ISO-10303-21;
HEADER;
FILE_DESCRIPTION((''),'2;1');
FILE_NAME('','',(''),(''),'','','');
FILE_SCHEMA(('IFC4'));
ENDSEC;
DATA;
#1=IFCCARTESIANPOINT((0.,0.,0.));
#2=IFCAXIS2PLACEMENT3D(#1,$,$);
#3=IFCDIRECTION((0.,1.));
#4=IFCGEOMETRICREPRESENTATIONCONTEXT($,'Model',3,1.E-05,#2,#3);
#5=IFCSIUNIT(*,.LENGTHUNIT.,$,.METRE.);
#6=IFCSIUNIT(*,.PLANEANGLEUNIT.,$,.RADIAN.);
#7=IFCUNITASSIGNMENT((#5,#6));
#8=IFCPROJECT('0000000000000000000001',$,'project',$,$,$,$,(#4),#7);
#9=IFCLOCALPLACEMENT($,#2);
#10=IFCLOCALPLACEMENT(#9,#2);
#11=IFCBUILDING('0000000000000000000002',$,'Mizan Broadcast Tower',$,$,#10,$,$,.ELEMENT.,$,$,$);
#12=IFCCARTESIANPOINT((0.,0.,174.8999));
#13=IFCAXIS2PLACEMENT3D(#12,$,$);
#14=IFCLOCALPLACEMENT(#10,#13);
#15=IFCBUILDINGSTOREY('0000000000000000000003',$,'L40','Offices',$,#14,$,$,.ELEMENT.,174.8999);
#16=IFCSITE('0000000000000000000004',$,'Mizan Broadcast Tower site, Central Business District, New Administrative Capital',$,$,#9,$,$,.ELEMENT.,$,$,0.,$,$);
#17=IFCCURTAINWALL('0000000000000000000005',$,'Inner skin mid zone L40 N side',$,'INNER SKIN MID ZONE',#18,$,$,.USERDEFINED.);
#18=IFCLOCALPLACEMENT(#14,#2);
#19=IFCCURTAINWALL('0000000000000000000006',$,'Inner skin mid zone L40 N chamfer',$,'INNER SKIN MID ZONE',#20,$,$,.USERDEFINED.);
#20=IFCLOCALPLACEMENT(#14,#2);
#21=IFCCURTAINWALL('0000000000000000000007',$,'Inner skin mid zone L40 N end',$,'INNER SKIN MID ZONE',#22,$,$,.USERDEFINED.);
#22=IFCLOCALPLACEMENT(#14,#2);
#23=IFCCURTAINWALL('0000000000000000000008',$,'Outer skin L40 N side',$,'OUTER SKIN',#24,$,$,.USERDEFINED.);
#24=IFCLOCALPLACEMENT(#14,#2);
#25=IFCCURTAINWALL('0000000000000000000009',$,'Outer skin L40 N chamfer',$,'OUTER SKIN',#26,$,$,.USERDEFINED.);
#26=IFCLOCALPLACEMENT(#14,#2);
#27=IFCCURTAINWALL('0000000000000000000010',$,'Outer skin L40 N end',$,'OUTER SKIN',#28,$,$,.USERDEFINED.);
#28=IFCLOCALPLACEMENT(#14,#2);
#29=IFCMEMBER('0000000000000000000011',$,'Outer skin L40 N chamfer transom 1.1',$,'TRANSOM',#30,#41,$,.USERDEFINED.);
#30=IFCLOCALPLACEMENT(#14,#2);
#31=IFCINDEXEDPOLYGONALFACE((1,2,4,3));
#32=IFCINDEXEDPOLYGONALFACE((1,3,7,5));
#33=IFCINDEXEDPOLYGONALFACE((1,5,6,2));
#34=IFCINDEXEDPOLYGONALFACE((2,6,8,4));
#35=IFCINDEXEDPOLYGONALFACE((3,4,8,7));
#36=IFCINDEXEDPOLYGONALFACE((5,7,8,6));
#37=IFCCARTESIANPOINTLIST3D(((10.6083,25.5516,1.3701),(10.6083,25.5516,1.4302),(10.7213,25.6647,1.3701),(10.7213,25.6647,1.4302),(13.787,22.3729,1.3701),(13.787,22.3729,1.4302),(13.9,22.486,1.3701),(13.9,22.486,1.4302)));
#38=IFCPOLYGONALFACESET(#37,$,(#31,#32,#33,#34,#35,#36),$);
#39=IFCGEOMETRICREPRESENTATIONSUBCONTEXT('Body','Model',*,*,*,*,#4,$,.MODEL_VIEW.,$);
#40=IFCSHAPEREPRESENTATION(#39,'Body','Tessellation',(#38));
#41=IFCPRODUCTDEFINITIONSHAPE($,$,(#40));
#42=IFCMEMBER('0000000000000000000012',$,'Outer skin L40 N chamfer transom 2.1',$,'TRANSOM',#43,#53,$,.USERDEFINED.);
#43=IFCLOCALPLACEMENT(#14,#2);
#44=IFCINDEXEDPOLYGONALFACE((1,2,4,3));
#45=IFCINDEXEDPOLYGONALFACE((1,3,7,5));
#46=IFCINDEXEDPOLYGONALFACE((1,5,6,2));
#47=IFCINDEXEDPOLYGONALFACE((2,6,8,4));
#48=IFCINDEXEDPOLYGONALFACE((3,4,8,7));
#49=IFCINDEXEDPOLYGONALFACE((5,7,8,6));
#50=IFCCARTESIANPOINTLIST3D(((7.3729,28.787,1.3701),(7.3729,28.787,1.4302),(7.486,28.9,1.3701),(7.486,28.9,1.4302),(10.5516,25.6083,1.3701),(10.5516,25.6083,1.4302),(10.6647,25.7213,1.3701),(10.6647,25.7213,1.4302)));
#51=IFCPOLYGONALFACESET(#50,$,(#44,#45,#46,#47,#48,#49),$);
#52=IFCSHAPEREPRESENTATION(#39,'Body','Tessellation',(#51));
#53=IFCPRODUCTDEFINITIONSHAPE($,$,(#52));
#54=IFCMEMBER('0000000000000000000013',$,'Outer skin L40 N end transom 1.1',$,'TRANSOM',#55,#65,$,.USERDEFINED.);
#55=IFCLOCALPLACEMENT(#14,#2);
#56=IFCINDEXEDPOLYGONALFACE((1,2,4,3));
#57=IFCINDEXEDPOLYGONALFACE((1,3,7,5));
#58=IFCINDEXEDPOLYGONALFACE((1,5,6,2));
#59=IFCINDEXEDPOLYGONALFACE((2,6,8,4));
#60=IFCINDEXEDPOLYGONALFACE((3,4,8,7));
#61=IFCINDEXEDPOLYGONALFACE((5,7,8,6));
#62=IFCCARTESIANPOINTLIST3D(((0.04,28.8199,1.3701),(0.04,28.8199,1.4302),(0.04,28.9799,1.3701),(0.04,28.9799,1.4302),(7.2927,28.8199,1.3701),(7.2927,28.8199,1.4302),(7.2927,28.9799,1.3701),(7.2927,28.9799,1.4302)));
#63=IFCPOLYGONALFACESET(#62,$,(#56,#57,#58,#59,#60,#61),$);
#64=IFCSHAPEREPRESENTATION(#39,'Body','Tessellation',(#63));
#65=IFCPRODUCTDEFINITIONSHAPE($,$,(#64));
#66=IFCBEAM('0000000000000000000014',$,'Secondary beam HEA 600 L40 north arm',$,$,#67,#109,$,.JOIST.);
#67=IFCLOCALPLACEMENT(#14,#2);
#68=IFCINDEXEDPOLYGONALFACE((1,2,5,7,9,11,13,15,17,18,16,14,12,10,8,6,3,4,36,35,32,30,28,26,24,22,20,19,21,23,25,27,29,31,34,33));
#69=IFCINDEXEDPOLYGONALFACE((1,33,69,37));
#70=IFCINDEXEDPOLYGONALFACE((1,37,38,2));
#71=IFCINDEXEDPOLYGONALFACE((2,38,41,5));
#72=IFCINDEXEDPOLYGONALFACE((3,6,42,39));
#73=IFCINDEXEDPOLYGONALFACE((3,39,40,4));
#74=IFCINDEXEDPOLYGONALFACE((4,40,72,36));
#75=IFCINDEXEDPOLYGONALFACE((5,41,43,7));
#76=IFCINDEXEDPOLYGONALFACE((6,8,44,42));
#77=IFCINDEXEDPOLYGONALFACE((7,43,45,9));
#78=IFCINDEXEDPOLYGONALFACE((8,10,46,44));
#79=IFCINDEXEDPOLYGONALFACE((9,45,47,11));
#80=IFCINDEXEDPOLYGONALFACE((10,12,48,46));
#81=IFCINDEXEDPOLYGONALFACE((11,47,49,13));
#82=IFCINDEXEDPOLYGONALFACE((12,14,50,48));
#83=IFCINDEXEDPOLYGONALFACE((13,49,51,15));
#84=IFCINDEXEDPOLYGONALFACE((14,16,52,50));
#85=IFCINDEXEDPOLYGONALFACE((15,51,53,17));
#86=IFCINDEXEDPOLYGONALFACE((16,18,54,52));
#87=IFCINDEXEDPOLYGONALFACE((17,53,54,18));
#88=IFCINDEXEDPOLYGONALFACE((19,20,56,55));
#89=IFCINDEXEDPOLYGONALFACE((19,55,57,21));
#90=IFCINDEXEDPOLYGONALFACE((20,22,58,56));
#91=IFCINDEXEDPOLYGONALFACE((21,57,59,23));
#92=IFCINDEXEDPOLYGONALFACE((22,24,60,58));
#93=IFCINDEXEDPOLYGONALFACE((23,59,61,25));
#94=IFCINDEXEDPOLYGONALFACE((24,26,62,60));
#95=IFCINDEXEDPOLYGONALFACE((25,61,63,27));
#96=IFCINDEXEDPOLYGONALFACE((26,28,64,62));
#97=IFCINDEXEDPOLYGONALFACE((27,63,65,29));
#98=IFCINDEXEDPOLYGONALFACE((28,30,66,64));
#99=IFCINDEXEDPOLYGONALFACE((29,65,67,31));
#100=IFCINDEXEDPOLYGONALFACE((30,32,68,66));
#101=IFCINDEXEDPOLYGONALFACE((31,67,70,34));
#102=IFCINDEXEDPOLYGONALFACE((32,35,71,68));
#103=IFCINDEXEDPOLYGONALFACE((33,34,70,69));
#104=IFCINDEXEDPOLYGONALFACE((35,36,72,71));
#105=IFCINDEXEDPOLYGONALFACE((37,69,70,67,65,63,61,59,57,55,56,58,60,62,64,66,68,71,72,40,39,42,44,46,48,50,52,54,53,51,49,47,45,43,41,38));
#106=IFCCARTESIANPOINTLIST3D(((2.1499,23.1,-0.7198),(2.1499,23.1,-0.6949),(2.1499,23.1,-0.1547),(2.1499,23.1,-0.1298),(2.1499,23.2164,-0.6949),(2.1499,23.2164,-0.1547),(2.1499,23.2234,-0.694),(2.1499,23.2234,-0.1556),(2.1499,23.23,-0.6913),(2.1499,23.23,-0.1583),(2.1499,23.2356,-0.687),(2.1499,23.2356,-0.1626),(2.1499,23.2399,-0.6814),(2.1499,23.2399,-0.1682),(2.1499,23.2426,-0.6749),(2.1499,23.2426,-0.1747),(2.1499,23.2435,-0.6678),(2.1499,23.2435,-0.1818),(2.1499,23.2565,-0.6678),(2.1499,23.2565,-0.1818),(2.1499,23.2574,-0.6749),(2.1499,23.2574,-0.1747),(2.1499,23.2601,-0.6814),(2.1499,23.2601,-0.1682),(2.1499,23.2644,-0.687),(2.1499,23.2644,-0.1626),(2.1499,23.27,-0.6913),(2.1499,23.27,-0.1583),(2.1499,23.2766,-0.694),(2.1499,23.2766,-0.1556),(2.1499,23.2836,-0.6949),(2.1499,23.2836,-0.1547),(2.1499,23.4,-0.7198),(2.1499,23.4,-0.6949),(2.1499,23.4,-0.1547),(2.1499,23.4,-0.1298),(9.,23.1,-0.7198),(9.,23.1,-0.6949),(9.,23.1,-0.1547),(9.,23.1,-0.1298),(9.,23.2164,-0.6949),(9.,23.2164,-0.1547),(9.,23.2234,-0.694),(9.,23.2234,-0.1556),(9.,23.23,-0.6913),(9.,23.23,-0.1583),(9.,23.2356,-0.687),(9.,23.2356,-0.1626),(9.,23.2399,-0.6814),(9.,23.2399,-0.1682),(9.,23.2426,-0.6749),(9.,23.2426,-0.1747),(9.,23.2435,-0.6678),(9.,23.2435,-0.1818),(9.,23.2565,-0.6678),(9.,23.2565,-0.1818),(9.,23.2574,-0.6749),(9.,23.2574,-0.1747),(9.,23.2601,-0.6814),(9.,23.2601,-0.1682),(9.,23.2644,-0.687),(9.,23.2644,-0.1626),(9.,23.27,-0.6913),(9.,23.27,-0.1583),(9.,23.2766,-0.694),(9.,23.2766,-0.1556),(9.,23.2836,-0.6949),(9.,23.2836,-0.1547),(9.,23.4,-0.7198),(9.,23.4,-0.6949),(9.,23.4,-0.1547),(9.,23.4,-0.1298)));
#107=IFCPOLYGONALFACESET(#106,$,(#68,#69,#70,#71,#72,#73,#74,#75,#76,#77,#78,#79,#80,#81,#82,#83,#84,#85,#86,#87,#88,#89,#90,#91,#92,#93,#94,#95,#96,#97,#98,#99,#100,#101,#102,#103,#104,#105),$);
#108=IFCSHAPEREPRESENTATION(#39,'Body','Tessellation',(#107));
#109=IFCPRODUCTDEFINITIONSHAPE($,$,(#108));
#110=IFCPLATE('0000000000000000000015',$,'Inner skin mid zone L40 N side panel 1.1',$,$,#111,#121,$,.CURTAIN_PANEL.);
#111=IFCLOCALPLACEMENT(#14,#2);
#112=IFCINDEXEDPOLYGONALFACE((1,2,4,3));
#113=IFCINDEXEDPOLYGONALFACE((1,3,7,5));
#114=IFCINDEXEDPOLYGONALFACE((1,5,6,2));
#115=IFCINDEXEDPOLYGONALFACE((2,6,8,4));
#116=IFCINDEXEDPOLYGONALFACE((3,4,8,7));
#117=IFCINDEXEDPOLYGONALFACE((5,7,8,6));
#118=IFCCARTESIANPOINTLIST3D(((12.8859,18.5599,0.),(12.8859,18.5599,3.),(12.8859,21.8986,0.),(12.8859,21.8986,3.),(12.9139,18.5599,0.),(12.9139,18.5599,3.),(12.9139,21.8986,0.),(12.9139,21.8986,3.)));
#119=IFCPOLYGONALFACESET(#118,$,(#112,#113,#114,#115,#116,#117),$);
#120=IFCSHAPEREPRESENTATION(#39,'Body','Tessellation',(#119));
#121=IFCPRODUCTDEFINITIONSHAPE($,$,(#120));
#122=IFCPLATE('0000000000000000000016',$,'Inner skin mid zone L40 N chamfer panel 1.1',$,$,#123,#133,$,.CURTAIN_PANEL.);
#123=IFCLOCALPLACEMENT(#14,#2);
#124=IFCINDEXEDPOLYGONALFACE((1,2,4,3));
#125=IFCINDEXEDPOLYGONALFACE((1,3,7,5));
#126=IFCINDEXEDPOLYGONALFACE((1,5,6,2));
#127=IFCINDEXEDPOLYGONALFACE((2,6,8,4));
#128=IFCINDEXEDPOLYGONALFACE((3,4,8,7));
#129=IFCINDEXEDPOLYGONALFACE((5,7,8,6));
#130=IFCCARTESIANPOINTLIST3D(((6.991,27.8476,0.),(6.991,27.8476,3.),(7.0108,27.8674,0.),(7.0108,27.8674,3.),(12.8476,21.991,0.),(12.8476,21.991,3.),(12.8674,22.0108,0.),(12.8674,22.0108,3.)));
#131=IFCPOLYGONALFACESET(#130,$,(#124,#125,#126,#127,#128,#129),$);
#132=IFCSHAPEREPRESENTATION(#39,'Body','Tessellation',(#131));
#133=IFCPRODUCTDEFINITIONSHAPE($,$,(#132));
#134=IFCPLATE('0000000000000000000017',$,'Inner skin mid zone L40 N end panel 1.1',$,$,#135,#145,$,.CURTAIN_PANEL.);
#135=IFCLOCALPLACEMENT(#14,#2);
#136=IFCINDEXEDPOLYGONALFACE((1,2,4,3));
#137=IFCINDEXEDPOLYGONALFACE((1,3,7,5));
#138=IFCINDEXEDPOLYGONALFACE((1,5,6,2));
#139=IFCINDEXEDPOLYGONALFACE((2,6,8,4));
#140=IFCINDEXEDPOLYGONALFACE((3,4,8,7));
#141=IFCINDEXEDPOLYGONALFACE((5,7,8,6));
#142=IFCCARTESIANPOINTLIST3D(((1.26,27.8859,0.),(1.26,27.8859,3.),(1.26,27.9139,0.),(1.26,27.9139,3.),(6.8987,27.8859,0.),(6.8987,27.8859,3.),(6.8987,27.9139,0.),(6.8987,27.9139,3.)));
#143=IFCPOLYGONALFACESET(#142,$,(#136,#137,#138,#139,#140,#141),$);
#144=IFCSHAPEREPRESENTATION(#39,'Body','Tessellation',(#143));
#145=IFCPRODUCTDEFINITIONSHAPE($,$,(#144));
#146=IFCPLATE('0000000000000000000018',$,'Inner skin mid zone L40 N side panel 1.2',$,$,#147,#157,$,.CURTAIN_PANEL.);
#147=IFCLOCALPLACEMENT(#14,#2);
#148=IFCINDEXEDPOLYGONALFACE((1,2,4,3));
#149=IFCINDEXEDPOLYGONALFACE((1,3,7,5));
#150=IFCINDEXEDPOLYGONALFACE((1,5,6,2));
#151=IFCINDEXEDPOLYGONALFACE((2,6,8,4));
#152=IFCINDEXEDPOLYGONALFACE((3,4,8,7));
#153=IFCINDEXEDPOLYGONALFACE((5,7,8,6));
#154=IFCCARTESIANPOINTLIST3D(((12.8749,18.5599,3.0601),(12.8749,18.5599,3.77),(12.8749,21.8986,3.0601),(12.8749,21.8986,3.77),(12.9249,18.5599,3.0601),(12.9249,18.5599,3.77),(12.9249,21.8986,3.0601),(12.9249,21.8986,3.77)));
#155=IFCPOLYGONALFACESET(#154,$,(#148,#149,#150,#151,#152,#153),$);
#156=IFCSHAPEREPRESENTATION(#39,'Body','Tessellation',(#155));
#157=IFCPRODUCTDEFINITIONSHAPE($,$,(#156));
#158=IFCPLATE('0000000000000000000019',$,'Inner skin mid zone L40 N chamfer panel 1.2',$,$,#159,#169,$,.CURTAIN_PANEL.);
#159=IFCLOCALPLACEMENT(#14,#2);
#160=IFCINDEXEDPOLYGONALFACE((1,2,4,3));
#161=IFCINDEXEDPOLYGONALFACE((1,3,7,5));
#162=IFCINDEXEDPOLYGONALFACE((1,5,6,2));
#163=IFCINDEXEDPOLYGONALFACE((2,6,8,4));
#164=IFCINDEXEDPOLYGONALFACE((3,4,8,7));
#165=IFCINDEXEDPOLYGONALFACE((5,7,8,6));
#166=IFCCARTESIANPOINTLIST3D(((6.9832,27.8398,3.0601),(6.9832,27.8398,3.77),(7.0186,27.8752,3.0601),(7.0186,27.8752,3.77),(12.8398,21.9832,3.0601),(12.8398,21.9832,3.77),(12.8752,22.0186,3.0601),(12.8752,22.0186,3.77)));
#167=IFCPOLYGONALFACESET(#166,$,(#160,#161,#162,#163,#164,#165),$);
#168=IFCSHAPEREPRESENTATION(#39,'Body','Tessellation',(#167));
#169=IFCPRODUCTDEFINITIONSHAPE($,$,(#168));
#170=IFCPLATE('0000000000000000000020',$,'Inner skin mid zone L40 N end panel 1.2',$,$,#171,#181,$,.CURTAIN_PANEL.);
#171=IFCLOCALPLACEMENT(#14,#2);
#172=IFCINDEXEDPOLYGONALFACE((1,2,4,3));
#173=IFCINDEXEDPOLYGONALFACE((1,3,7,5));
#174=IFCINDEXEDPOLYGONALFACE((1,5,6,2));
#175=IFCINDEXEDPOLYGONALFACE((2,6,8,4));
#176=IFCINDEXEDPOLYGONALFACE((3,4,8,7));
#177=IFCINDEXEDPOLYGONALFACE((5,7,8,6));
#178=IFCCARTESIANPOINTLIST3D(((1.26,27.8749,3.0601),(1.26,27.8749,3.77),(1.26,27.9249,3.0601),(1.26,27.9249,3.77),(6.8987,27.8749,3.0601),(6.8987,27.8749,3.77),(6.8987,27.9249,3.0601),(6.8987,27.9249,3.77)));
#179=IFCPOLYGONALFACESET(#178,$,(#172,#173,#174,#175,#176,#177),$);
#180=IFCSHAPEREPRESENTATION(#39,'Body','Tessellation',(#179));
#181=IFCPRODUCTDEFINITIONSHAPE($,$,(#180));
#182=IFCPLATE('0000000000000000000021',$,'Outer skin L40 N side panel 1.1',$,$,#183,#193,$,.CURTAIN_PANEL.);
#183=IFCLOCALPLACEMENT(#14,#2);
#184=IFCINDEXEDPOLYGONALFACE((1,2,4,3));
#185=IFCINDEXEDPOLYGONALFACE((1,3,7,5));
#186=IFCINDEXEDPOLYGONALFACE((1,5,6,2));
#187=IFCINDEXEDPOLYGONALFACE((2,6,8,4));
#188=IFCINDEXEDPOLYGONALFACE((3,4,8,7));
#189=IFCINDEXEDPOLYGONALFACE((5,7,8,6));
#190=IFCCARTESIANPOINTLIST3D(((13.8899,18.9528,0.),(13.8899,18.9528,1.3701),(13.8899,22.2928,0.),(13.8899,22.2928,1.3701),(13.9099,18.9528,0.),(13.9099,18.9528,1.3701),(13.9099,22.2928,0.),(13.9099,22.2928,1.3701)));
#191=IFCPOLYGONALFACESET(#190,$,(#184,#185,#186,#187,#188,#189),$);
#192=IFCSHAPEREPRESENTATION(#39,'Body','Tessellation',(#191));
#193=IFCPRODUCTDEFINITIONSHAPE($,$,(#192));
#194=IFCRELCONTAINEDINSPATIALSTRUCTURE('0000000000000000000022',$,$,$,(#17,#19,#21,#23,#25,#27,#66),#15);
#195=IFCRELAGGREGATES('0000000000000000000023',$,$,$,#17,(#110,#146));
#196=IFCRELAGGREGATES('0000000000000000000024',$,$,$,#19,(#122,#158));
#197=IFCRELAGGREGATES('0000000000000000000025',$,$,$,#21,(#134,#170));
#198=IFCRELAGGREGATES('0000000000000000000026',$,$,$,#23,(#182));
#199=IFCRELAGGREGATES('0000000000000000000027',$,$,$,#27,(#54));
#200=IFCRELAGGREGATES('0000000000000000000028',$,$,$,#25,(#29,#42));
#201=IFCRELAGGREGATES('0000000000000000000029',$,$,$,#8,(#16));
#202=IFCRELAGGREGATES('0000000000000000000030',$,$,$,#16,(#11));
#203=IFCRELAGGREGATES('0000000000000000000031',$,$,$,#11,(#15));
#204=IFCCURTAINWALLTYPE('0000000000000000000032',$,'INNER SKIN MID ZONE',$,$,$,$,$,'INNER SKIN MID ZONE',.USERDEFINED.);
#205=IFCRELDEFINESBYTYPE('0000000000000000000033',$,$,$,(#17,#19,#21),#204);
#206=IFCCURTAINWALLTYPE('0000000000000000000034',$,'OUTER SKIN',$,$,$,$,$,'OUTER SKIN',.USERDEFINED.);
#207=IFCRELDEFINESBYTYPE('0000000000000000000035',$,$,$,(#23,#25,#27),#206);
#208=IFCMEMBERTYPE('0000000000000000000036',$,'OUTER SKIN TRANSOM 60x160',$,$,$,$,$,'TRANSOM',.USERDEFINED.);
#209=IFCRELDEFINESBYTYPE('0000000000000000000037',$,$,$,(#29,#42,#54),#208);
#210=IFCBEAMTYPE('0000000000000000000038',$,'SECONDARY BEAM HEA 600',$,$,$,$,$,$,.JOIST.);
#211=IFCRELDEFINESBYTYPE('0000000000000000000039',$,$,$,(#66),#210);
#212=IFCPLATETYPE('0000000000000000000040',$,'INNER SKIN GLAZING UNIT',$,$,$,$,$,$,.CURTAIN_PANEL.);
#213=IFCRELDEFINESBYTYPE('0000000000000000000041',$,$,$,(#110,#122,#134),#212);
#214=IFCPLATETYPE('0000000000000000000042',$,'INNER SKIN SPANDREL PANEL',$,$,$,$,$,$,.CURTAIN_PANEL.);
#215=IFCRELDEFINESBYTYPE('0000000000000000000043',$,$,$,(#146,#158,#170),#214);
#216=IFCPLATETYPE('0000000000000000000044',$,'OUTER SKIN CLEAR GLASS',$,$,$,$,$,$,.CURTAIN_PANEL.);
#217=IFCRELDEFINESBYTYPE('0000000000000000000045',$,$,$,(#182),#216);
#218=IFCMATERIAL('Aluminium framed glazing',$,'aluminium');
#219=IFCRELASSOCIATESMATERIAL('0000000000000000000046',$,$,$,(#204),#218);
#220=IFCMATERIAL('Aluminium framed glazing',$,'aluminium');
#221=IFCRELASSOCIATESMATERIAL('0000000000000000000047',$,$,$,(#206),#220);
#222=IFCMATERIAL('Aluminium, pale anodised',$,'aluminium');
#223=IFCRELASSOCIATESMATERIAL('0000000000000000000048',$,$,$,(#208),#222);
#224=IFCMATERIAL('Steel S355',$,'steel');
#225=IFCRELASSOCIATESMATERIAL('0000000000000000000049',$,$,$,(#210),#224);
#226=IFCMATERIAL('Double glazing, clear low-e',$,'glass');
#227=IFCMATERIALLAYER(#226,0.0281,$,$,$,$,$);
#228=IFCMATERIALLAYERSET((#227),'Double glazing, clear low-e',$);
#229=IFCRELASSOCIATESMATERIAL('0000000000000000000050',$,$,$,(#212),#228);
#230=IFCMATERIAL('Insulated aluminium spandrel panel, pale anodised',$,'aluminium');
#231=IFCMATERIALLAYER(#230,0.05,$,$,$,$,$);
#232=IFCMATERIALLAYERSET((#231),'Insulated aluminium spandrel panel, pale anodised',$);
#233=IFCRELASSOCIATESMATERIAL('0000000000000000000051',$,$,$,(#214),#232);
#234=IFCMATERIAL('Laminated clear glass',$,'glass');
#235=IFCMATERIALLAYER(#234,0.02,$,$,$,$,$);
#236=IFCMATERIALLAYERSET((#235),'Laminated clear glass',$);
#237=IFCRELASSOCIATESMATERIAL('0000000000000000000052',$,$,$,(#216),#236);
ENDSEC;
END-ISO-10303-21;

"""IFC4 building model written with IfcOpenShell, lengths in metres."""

from ifc_helpers import new_model, si_unit, direction, frame, origin, origin_2d, place, context, subcontext, project, spatial, rectangle, i_section, extrude, material, layer, layer_set, material_profile, profile_set, type_object, element, aggregate, save


model = new_model("IFC4")

# Units and contexts
model_context = context("Model", 3, precision=1e-05, world=origin(), true_north=direction((0.0, 1.0)))
body_context = subcontext(model_context, "Body", "Model", "MODEL_VIEW")
ifc_project = project(units=[si_unit("LENGTHUNIT", "METRE"), si_unit("PLANEANGLEUNIT", "RADIAN")], contexts=[model_context])

# Site, building, storey
site_placement = place(None, origin())
site = spatial("IfcSite", under=ifc_project, at=site_placement, Name="Mizan Broadcast Tower site, Central Business District, New Administrative Capital", CompositionType="ELEMENT", RefElevation=0.0)
building_placement = place(site_placement, origin())
building = spatial("IfcBuilding", under=site, at=building_placement, Name="Mizan Broadcast Tower", CompositionType="ELEMENT")
storey_placement = place(building_placement, frame((0.0, 0.0, 174.8999)))
storey = spatial("IfcBuildingStorey", under=building, at=storey_placement, Name="L40", Description="Offices", CompositionType="ELEMENT", Elevation=174.8999)

# Curtain walls
ifc_material_1 = material(Name="Aluminium framed glazing", Category="aluminium")
curtain_wall_type_1 = type_object("IfcCurtainWallType", Name="INNER SKIN MID ZONE", ElementType="INNER SKIN MID ZONE", PredefinedType="USERDEFINED", material=ifc_material_1)
curtain_wall_1_placement = place(storey_placement, origin())
curtain_wall_1 = element("IfcCurtainWall", 1, at=curtain_wall_1_placement, inside=storey, type_object=curtain_wall_type_1, Name="Inner skin mid zone L40 N side", ObjectType="INNER SKIN MID ZONE", PredefinedType="USERDEFINED")
curtain_wall_2_placement = place(storey_placement, origin())
curtain_wall_2 = element("IfcCurtainWall", 2, at=curtain_wall_2_placement, inside=storey, type_object=curtain_wall_type_1, Name="Inner skin mid zone L40 N chamfer", ObjectType="INNER SKIN MID ZONE", PredefinedType="USERDEFINED")
curtain_wall_3_placement = place(storey_placement, origin())
curtain_wall_3 = element("IfcCurtainWall", 3, at=curtain_wall_3_placement, inside=storey, type_object=curtain_wall_type_1, Name="Inner skin mid zone L40 N end", ObjectType="INNER SKIN MID ZONE", PredefinedType="USERDEFINED")

# Curtain wall
ifc_material_2 = material(Name="Aluminium framed glazing", Category="aluminium")
curtain_wall_type_2 = type_object("IfcCurtainWallType", Name="OUTER SKIN", ElementType="OUTER SKIN", PredefinedType="USERDEFINED", material=ifc_material_2)
curtain_wall_4_placement = place(storey_placement, origin())
curtain_wall_4 = element("IfcCurtainWall", 4, at=curtain_wall_4_placement, inside=storey, type_object=curtain_wall_type_2, Name="Outer skin L40 N side", ObjectType="OUTER SKIN", PredefinedType="USERDEFINED")

# Curtain wall
curtain_wall_5_placement = place(storey_placement, origin())
curtain_wall_5 = element("IfcCurtainWall", 5, at=curtain_wall_5_placement, inside=storey, type_object=curtain_wall_type_2, Name="Outer skin L40 N chamfer", ObjectType="OUTER SKIN", PredefinedType="USERDEFINED")

# Curtain wall
curtain_wall_6_placement = place(storey_placement, origin())
curtain_wall_6 = element("IfcCurtainWall", 6, at=curtain_wall_6_placement, inside=storey, type_object=curtain_wall_type_2, Name="Outer skin L40 N end", ObjectType="OUTER SKIN", PredefinedType="USERDEFINED")

# Members
ifc_material_3 = material(Name="Aluminium, pale anodised", Category="aluminium")
ifc_material_profile_1 = material_profile(ifc_material_3, rectangle(XDim=0.1599, YDim=0.0601, at=origin_2d()), Name="TRANSOM 160x60")
ifc_profile_set_1 = profile_set([ifc_material_profile_1], Name="Aluminium, pale anodised")
member_type_1 = type_object("IfcMemberType", Name="OUTER SKIN TRANSOM 60x160", ElementType="TRANSOM", PredefinedType="USERDEFINED", material=ifc_profile_set_1)
member_1_placement = place(storey_placement, frame((13.8435, 22.4294, 1.4001), z_axis=(-0.707107, 0.707107, 0.0), x_axis=(-0.707107, -0.707107, 0.0)))
member_1 = element("IfcMember", 7, at=member_1_placement, type_object=member_type_1, Name="Outer skin L40 N chamfer transom 1.1", ObjectType="TRANSOM", PredefinedType="USERDEFINED", context=body_context, shape_type="SweptSolid", body=[
    extrude(rectangle(XDim=0.1599, YDim=0.0601, at=origin_2d()), origin(), (0.0, 0.0, 1.0), 4.4954),
])
member_2_placement = place(storey_placement, frame((10.6082, 25.6648, 1.4001), z_axis=(-0.707107, 0.707107, 0.0), x_axis=(-0.707107, -0.707107, 0.0)))
member_2 = element("IfcMember", 8, at=member_2_placement, type_object=member_type_1, Name="Outer skin L40 N chamfer transom 2.1", ObjectType="TRANSOM", PredefinedType="USERDEFINED", context=body_context, shape_type="SweptSolid", body=[
    extrude(rectangle(XDim=0.1599, YDim=0.0601, at=origin_2d()), origin(), (0.0, 0.0, 1.0), 4.4954),
])
member_3_placement = place(storey_placement, frame((7.2927, 28.8999, 1.4001), z_axis=(-1.0, 0.0, 0.0), x_axis=(0.0, -1.0, 0.0)))
member_3 = element("IfcMember", 9, at=member_3_placement, type_object=member_type_1, Name="Outer skin L40 N end transom 1.1", ObjectType="TRANSOM", PredefinedType="USERDEFINED", context=body_context, shape_type="SweptSolid", body=[
    extrude(rectangle(XDim=0.1599, YDim=0.0601, at=origin_2d()), origin(), (0.0, 0.0, 1.0), 7.2527),
])

# Beam
ifc_material_4 = material(Name="Steel S355", Category="steel")
ifc_material_profile_2 = material_profile(ifc_material_4, i_section(OverallWidth=0.3, OverallDepth=0.5901, WebThickness=0.0129, FlangeThickness=0.0249, FilletRadius=0.0271, at=origin_2d()), Name="HEA 600")
ifc_profile_set_2 = profile_set([ifc_material_profile_2], Name="Steel S355")
beam_type_1 = type_object("IfcBeamType", Name="SECONDARY BEAM HEA 600", PredefinedType="JOIST", material=ifc_profile_set_2)
beam_1_placement = place(storey_placement, frame((9.0, 23.25, -0.4248), z_axis=(-1.0, 0.0, 0.0), x_axis=(0.0, -1.0, 0.0)))
element("IfcBeam", 10, at=beam_1_placement, inside=storey, type_object=beam_type_1, Name="Secondary beam HEA 600 L40 north arm", PredefinedType="JOIST", context=body_context, shape_type="SweptSolid", body=[
    extrude(i_section(OverallWidth=0.3, OverallDepth=0.5901, WebThickness=0.0129, FlangeThickness=0.0249, FilletRadius=0.0271, at=origin_2d()), origin(), (0.0, 0.0, 1.0), 6.8501),
])

# Plates
ifc_material_5 = material(Name="Double glazing, clear low-e", Category="glass")
ifc_layer_1 = layer(ifc_material_5, 0.0281)
ifc_layer_set_1 = layer_set([ifc_layer_1], Name="Double glazing, clear low-e")
plate_type_1 = type_object("IfcPlateType", Name="INNER SKIN GLAZING UNIT", PredefinedType="CURTAIN_PANEL", material=ifc_layer_set_1)
plate_1_placement = place(storey_placement, frame((12.8999, 20.2292, 0.0), z_axis=(0.0, 0.0, 1.0), x_axis=(0.0, 1.0, 0.0)))
plate_1 = element("IfcPlate", 11, at=plate_1_placement, type_object=plate_type_1, Name="Inner skin mid zone L40 N side panel 1.1", PredefinedType="CURTAIN_PANEL", context=body_context, shape_type="SweptSolid", body=[
    extrude(rectangle(XDim=3.3386, YDim=0.0281, at=origin_2d()), origin(), (0.0, 0.0, 1.0), 3.0),
])
plate_2_placement = place(storey_placement, frame((9.9292, 24.9292, 0.0), z_axis=(0.0, 0.0, 1.0), x_axis=(-0.707107, 0.707107, 0.0)))
plate_2 = element("IfcPlate", 12, at=plate_2_placement, type_object=plate_type_1, Name="Inner skin mid zone L40 N chamfer panel 1.1", PredefinedType="CURTAIN_PANEL", context=body_context, shape_type="SweptSolid", body=[
    extrude(rectangle(XDim=8.2825, YDim=0.0281, at=origin_2d()), origin(), (0.0, 0.0, 1.0), 3.0),
])
plate_3_placement = place(storey_placement, frame((4.0793, 27.8999, 0.0), z_axis=(0.0, 0.0, 1.0), x_axis=(-1.0, 0.0, 0.0)))
plate_3 = element("IfcPlate", 13, at=plate_3_placement, type_object=plate_type_1, Name="Inner skin mid zone L40 N end panel 1.1", PredefinedType="CURTAIN_PANEL", context=body_context, shape_type="SweptSolid", body=[
    extrude(rectangle(XDim=5.6387, YDim=0.0281, at=origin_2d()), origin(), (0.0, 0.0, 1.0), 3.0),
])
ifc_material_6 = material(Name="Insulated aluminium spandrel panel, pale anodised", Category="aluminium")
ifc_layer_2 = layer(ifc_material_6, 0.05)
ifc_layer_set_2 = layer_set([ifc_layer_2], Name="Insulated aluminium spandrel panel, pale anodised")
plate_type_2 = type_object("IfcPlateType", Name="INNER SKIN SPANDREL PANEL", PredefinedType="CURTAIN_PANEL", material=ifc_layer_set_2)
plate_4_placement = place(storey_placement, frame((12.8999, 20.2292, 3.0601), z_axis=(0.0, 0.0, 1.0), x_axis=(0.0, 1.0, 0.0)))
plate_4 = element("IfcPlate", 14, at=plate_4_placement, type_object=plate_type_2, Name="Inner skin mid zone L40 N side panel 1.2", PredefinedType="CURTAIN_PANEL", context=body_context, shape_type="SweptSolid", body=[
    extrude(rectangle(XDim=3.3386, YDim=0.05, at=origin_2d()), origin(), (0.0, 0.0, 1.0), 0.71),
])
aggregate(curtain_wall_1, [plate_1, plate_4])
plate_5_placement = place(storey_placement, frame((9.9292, 24.9292, 3.0601), z_axis=(0.0, 0.0, 1.0), x_axis=(-0.707107, 0.707107, 0.0)))
plate_5 = element("IfcPlate", 15, at=plate_5_placement, type_object=plate_type_2, Name="Inner skin mid zone L40 N chamfer panel 1.2", PredefinedType="CURTAIN_PANEL", context=body_context, shape_type="SweptSolid", body=[
    extrude(rectangle(XDim=8.2825, YDim=0.05, at=origin_2d()), origin(), (0.0, 0.0, 1.0), 0.71),
])
aggregate(curtain_wall_2, [plate_2, plate_5])
plate_6_placement = place(storey_placement, frame((4.0793, 27.8999, 3.0601), z_axis=(0.0, 0.0, 1.0), x_axis=(-1.0, 0.0, 0.0)))
plate_6 = element("IfcPlate", 16, at=plate_6_placement, type_object=plate_type_2, Name="Inner skin mid zone L40 N end panel 1.2", PredefinedType="CURTAIN_PANEL", context=body_context, shape_type="SweptSolid", body=[
    extrude(rectangle(XDim=5.6387, YDim=0.05, at=origin_2d()), origin(), (0.0, 0.0, 1.0), 0.71),
])
aggregate(curtain_wall_3, [plate_3, plate_6])
ifc_material_7 = material(Name="Laminated clear glass", Category="glass")
ifc_layer_3 = layer(ifc_material_7, 0.02)
ifc_layer_set_3 = layer_set([ifc_layer_3], Name="Laminated clear glass")
plate_type_3 = type_object("IfcPlateType", Name="OUTER SKIN CLEAR GLASS", PredefinedType="CURTAIN_PANEL", material=ifc_layer_set_3)
plate_7_placement = place(storey_placement, frame((13.8999, 20.6228, 0.0), z_axis=(0.0, 0.0, 1.0), x_axis=(0.0, 1.0, 0.0)))
plate_7 = element("IfcPlate", 17, at=plate_7_placement, type_object=plate_type_3, Name="Outer skin L40 N side panel 1.1", PredefinedType="CURTAIN_PANEL", context=body_context, shape_type="SweptSolid", body=[
    extrude(rectangle(XDim=3.3401, YDim=0.02, at=origin_2d()), origin(), (0.0, 0.0, 1.0), 1.3701),
])
aggregate(curtain_wall_4, [plate_7])
aggregate(curtain_wall_6, [member_3])
aggregate(curtain_wall_5, [member_1, member_2])

save(model, "model.ifc")
